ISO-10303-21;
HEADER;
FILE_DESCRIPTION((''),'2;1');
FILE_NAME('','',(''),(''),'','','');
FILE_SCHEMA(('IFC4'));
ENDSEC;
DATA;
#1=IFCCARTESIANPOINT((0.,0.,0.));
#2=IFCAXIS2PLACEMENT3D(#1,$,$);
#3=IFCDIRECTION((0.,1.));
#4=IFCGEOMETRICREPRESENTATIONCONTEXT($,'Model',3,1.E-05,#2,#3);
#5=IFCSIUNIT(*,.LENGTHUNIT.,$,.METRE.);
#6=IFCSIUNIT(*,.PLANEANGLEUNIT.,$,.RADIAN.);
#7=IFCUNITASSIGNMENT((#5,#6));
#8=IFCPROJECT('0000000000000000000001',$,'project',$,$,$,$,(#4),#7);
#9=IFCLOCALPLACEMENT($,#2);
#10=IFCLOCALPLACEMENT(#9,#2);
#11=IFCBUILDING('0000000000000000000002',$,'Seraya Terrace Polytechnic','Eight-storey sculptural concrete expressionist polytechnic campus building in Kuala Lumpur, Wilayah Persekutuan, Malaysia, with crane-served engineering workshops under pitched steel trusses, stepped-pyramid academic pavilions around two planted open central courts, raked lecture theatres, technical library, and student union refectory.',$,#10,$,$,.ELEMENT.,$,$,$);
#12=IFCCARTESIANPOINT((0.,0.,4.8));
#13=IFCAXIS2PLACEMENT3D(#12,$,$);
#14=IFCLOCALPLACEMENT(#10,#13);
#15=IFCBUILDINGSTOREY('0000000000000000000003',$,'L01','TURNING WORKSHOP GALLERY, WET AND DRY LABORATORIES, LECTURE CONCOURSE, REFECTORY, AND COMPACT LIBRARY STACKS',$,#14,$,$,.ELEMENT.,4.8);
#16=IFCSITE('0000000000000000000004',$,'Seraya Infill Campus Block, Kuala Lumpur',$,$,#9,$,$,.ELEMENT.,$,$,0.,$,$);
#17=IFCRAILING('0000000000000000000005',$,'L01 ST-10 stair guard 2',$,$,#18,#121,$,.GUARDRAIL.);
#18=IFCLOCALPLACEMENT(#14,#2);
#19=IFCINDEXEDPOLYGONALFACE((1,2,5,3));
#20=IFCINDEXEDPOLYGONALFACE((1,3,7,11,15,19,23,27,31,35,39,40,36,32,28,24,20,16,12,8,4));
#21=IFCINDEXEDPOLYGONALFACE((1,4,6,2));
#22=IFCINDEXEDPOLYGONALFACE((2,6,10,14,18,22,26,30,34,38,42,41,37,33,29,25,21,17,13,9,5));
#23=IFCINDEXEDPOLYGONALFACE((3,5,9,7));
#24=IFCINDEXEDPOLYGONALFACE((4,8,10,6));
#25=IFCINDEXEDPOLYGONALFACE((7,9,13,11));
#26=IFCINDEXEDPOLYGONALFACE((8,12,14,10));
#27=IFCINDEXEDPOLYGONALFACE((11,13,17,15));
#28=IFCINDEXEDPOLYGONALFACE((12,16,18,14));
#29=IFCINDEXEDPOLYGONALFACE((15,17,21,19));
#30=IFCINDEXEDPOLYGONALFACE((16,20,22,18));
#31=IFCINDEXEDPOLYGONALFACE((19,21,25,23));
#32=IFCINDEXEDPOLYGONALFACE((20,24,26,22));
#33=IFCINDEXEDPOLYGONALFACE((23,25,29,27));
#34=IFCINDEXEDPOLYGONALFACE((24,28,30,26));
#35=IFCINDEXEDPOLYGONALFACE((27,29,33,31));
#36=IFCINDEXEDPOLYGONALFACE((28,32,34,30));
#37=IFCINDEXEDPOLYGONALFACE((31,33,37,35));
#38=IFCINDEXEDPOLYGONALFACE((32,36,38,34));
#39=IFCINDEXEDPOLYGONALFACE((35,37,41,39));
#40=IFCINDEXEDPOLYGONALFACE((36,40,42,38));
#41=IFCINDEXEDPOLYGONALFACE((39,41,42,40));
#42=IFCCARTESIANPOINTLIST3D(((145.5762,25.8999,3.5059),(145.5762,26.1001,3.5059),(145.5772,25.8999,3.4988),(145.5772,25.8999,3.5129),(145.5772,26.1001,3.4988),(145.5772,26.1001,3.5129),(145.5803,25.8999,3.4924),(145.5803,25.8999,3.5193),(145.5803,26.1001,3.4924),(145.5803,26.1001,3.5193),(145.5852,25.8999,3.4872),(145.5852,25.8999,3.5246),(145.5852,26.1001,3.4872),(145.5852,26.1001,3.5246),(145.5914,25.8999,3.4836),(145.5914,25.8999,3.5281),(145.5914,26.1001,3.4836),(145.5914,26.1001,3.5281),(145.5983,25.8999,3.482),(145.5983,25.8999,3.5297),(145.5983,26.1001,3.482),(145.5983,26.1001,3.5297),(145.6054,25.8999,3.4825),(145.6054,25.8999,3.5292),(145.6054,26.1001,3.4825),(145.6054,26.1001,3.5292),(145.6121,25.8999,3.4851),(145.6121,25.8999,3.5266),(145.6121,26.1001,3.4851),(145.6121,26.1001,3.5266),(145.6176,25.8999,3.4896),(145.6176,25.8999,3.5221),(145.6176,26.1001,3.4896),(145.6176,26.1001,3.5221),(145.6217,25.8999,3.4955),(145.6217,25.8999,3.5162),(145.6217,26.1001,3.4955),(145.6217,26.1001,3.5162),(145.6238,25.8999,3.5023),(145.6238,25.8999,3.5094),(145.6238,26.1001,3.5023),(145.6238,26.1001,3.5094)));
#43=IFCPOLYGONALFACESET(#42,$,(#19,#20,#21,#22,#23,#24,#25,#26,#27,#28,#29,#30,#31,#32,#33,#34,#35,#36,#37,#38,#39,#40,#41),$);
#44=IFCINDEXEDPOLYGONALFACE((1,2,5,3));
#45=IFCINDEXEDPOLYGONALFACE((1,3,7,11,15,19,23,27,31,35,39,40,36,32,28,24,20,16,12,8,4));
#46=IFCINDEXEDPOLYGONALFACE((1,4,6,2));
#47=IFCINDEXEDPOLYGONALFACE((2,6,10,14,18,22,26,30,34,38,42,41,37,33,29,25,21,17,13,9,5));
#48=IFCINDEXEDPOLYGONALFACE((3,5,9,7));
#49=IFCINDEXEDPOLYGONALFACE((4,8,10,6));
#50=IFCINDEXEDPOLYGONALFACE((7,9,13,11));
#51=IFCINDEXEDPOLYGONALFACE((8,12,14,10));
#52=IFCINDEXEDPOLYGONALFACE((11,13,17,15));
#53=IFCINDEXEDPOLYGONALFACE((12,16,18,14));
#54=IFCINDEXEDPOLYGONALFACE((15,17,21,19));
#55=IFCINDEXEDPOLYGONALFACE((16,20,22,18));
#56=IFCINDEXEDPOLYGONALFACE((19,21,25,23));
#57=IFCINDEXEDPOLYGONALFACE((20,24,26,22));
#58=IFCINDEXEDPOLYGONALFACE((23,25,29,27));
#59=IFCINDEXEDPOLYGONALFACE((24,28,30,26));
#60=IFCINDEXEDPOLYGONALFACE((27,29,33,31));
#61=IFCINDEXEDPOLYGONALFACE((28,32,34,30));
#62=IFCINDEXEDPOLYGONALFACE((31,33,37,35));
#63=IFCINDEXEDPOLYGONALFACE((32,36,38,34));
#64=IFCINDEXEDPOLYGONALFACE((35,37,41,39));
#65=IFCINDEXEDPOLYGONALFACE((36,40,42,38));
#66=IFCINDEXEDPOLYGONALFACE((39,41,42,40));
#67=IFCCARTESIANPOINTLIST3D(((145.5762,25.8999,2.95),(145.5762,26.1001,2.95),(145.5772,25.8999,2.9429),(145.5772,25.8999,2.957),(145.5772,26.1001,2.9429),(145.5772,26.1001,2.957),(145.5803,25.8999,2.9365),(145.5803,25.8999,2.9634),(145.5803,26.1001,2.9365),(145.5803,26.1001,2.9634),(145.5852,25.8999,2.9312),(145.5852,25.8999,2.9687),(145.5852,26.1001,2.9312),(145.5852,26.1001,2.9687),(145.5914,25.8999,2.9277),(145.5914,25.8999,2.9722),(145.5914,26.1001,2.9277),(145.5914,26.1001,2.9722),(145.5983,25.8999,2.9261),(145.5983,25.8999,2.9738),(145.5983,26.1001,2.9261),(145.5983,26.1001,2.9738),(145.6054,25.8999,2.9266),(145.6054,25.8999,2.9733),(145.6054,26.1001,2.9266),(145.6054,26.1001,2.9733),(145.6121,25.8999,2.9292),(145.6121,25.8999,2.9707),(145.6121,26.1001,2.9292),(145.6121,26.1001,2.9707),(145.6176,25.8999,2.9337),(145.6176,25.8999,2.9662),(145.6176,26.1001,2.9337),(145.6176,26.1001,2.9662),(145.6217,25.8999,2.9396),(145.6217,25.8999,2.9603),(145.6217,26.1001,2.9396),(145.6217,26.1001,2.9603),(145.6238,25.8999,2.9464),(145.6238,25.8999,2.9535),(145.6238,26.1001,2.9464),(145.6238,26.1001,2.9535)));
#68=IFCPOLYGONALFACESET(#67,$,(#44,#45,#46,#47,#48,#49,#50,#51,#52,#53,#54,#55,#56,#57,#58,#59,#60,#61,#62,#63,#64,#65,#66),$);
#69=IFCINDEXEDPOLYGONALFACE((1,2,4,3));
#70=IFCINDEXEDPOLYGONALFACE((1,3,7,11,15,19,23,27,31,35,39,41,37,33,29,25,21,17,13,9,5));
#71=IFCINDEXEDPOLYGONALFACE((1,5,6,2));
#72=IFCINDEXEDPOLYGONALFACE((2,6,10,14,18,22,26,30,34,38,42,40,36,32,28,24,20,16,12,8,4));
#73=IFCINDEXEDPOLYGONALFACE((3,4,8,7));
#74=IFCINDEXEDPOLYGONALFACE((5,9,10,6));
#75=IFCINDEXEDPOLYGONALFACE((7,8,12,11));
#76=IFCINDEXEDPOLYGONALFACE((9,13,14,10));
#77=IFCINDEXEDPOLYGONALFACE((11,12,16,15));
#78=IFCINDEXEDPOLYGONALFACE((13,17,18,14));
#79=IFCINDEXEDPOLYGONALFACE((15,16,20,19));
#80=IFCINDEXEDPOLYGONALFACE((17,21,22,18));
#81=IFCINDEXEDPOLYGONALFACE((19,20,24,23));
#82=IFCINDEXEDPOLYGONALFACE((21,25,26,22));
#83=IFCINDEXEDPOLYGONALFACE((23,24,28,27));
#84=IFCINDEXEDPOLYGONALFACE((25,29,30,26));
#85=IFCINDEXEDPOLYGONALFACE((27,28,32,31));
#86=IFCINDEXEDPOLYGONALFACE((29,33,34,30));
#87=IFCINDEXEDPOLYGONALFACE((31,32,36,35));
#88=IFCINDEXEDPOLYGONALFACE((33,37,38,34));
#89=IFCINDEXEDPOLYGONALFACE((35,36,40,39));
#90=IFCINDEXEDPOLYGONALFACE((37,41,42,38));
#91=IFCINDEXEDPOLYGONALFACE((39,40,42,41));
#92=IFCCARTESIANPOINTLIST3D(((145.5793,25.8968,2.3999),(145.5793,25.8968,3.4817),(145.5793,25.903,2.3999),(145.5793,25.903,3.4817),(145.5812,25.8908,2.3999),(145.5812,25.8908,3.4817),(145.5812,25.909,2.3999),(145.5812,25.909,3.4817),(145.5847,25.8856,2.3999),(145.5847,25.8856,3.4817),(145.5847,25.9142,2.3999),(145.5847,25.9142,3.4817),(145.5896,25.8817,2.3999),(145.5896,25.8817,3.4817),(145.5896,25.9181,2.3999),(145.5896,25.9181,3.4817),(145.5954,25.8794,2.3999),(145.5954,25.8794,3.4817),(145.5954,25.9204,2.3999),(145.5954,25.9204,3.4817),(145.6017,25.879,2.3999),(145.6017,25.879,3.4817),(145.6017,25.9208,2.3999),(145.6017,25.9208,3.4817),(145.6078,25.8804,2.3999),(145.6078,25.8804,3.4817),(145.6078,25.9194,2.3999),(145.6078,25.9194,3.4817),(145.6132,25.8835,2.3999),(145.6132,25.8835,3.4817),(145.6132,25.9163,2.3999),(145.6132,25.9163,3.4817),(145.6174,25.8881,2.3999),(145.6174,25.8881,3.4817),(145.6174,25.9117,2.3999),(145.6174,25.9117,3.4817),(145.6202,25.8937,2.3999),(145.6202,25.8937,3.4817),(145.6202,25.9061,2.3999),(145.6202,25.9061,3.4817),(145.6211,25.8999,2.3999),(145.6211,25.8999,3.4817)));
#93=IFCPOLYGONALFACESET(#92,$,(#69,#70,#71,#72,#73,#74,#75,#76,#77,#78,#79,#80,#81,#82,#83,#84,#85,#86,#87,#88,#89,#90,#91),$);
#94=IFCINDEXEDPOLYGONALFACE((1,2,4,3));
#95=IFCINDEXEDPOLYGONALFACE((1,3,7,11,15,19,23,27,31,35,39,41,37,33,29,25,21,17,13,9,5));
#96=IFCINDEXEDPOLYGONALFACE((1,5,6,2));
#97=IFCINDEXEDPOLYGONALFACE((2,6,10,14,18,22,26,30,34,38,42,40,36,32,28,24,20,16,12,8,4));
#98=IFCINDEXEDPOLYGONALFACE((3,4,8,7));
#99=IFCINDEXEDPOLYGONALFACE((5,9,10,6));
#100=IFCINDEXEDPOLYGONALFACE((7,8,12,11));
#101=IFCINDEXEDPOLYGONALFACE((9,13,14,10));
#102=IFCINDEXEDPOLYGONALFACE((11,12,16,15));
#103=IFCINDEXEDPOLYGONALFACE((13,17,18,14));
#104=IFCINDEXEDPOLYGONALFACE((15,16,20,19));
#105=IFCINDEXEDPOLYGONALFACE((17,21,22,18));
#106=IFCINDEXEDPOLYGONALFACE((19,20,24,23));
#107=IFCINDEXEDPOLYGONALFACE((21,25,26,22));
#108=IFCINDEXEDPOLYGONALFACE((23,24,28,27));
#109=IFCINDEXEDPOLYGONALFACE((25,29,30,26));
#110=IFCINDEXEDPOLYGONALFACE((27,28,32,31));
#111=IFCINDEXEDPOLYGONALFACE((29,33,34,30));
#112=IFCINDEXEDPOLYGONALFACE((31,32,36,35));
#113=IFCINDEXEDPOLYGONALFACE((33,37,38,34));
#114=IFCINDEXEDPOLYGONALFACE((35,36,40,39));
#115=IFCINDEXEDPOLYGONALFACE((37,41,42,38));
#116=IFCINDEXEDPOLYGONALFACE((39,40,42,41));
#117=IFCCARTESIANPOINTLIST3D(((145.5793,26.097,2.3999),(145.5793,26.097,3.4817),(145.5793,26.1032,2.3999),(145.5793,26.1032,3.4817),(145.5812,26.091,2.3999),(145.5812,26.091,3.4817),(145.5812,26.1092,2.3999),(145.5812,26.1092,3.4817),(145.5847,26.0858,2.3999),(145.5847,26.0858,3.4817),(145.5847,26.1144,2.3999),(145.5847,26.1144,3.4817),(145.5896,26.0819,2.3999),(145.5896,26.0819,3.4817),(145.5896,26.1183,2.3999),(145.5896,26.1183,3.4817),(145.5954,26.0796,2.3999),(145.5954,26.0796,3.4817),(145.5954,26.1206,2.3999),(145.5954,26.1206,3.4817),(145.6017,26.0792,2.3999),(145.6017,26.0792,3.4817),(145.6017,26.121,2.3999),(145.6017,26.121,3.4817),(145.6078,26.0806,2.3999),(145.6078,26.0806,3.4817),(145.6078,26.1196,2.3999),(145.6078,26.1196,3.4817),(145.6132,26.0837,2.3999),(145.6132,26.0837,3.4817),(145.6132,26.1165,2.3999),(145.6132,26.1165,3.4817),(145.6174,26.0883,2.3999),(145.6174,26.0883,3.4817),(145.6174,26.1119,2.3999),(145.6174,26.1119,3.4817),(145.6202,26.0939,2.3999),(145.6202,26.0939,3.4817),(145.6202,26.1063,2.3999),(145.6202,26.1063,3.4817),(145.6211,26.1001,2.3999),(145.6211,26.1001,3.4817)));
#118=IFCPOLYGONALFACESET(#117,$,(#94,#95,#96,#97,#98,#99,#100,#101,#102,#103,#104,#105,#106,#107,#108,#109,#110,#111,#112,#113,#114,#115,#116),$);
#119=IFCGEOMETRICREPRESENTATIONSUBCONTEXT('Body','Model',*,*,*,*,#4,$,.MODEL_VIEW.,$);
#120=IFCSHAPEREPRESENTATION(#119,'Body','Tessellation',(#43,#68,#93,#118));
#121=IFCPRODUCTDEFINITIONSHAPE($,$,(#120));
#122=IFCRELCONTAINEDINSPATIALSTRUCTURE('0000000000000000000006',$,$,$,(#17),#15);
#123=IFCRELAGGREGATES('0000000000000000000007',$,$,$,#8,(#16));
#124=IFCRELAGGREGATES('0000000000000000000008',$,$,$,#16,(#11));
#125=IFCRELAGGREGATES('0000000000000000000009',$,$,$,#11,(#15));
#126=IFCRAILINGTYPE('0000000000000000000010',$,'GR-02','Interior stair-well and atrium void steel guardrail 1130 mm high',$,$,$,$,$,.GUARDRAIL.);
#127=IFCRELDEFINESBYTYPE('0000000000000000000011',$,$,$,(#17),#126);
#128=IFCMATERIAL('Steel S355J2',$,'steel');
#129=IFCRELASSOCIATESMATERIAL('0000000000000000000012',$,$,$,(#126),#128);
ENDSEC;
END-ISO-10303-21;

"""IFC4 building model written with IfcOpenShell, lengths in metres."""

from ifc_helpers import new_model, si_unit, direction, frame, origin, origin_2d, place, context, subcontext, project, spatial, circle, extrude, material, type_object, element, save


model = new_model("IFC4")

# Units and contexts
model_context = context("Model", 3, precision=1e-05, world=origin(), true_north=direction((0.0, 1.0)))
body_context = subcontext(model_context, "Body", "Model", "MODEL_VIEW")
ifc_project = project(units=[si_unit("LENGTHUNIT", "METRE"), si_unit("PLANEANGLEUNIT", "RADIAN")], contexts=[model_context])

# Site, building, storey
site_placement = place(None, origin())
site = spatial("IfcSite", under=ifc_project, at=site_placement, Name="Seraya Infill Campus Block, Kuala Lumpur", CompositionType="ELEMENT", RefElevation=0.0)
building_placement = place(site_placement, origin())
building = spatial("IfcBuilding", under=site, at=building_placement, Name="Seraya Terrace Polytechnic", Description="Eight-storey sculptural concrete expressionist polytechnic campus building in Kuala Lumpur, Wilayah Persekutuan, Malaysia, with crane-served engineering workshops under pitched steel trusses, stepped-pyramid academic pavilions around two planted open central courts, raked lecture theatres, technical library, and student union refectory.", CompositionType="ELEMENT")
storey_placement = place(building_placement, frame((0.0, 0.0, 4.8)))
storey = spatial("IfcBuildingStorey", under=building, at=storey_placement, Name="L01", Description="TURNING WORKSHOP GALLERY, WET AND DRY LABORATORIES, LECTURE CONCOURSE, REFECTORY, AND COMPACT LIBRARY STACKS", CompositionType="ELEMENT", Elevation=4.8)

# Shared definitions
ifc_material_1 = material(Name="Steel S355J2", Category="steel")

# Railing
railing_type_1 = type_object("IfcRailingType", Name="GR-02", Description="Interior stair-well and atrium void steel guardrail 1130 mm high", PredefinedType="GUARDRAIL", material=ifc_material_1)
railing_1_placement = place(storey_placement, frame((145.6001, 25.8999, 2.3999)))
element("IfcRailing", 1, at=railing_1_placement, inside=storey, type_object=railing_type_1, Name="L01 ST-10 stair guard 2", PredefinedType="GUARDRAIL", context=body_context, shape_type="SweptSolid", body=[
    extrude(circle(Radius=0.0239, at=origin_2d()), frame((0.0, 0.0, 1.106), z_axis=(0.0, 1.0, 0.0), x_axis=(-1.0, 0.0, 0.0)), (0.0, 0.0, 1.0), 0.2002),
    extrude(circle(Radius=0.0239, at=origin_2d()), frame((0.0, 0.0, 0.55), z_axis=(0.0, 1.0, 0.0), x_axis=(-1.0, 0.0, 0.0)), (0.0, 0.0, 1.0), 0.2002),
    extrude(circle(Radius=0.021, at=origin_2d()), origin(), (0.0, 0.0, 1.0), 1.0818),
    extrude(circle(Radius=0.021, at=origin_2d()), frame((0.0, 0.2002, 0.0)), (0.0, 0.0, 1.0), 1.0818),
])

save(model, "model.ifc")
